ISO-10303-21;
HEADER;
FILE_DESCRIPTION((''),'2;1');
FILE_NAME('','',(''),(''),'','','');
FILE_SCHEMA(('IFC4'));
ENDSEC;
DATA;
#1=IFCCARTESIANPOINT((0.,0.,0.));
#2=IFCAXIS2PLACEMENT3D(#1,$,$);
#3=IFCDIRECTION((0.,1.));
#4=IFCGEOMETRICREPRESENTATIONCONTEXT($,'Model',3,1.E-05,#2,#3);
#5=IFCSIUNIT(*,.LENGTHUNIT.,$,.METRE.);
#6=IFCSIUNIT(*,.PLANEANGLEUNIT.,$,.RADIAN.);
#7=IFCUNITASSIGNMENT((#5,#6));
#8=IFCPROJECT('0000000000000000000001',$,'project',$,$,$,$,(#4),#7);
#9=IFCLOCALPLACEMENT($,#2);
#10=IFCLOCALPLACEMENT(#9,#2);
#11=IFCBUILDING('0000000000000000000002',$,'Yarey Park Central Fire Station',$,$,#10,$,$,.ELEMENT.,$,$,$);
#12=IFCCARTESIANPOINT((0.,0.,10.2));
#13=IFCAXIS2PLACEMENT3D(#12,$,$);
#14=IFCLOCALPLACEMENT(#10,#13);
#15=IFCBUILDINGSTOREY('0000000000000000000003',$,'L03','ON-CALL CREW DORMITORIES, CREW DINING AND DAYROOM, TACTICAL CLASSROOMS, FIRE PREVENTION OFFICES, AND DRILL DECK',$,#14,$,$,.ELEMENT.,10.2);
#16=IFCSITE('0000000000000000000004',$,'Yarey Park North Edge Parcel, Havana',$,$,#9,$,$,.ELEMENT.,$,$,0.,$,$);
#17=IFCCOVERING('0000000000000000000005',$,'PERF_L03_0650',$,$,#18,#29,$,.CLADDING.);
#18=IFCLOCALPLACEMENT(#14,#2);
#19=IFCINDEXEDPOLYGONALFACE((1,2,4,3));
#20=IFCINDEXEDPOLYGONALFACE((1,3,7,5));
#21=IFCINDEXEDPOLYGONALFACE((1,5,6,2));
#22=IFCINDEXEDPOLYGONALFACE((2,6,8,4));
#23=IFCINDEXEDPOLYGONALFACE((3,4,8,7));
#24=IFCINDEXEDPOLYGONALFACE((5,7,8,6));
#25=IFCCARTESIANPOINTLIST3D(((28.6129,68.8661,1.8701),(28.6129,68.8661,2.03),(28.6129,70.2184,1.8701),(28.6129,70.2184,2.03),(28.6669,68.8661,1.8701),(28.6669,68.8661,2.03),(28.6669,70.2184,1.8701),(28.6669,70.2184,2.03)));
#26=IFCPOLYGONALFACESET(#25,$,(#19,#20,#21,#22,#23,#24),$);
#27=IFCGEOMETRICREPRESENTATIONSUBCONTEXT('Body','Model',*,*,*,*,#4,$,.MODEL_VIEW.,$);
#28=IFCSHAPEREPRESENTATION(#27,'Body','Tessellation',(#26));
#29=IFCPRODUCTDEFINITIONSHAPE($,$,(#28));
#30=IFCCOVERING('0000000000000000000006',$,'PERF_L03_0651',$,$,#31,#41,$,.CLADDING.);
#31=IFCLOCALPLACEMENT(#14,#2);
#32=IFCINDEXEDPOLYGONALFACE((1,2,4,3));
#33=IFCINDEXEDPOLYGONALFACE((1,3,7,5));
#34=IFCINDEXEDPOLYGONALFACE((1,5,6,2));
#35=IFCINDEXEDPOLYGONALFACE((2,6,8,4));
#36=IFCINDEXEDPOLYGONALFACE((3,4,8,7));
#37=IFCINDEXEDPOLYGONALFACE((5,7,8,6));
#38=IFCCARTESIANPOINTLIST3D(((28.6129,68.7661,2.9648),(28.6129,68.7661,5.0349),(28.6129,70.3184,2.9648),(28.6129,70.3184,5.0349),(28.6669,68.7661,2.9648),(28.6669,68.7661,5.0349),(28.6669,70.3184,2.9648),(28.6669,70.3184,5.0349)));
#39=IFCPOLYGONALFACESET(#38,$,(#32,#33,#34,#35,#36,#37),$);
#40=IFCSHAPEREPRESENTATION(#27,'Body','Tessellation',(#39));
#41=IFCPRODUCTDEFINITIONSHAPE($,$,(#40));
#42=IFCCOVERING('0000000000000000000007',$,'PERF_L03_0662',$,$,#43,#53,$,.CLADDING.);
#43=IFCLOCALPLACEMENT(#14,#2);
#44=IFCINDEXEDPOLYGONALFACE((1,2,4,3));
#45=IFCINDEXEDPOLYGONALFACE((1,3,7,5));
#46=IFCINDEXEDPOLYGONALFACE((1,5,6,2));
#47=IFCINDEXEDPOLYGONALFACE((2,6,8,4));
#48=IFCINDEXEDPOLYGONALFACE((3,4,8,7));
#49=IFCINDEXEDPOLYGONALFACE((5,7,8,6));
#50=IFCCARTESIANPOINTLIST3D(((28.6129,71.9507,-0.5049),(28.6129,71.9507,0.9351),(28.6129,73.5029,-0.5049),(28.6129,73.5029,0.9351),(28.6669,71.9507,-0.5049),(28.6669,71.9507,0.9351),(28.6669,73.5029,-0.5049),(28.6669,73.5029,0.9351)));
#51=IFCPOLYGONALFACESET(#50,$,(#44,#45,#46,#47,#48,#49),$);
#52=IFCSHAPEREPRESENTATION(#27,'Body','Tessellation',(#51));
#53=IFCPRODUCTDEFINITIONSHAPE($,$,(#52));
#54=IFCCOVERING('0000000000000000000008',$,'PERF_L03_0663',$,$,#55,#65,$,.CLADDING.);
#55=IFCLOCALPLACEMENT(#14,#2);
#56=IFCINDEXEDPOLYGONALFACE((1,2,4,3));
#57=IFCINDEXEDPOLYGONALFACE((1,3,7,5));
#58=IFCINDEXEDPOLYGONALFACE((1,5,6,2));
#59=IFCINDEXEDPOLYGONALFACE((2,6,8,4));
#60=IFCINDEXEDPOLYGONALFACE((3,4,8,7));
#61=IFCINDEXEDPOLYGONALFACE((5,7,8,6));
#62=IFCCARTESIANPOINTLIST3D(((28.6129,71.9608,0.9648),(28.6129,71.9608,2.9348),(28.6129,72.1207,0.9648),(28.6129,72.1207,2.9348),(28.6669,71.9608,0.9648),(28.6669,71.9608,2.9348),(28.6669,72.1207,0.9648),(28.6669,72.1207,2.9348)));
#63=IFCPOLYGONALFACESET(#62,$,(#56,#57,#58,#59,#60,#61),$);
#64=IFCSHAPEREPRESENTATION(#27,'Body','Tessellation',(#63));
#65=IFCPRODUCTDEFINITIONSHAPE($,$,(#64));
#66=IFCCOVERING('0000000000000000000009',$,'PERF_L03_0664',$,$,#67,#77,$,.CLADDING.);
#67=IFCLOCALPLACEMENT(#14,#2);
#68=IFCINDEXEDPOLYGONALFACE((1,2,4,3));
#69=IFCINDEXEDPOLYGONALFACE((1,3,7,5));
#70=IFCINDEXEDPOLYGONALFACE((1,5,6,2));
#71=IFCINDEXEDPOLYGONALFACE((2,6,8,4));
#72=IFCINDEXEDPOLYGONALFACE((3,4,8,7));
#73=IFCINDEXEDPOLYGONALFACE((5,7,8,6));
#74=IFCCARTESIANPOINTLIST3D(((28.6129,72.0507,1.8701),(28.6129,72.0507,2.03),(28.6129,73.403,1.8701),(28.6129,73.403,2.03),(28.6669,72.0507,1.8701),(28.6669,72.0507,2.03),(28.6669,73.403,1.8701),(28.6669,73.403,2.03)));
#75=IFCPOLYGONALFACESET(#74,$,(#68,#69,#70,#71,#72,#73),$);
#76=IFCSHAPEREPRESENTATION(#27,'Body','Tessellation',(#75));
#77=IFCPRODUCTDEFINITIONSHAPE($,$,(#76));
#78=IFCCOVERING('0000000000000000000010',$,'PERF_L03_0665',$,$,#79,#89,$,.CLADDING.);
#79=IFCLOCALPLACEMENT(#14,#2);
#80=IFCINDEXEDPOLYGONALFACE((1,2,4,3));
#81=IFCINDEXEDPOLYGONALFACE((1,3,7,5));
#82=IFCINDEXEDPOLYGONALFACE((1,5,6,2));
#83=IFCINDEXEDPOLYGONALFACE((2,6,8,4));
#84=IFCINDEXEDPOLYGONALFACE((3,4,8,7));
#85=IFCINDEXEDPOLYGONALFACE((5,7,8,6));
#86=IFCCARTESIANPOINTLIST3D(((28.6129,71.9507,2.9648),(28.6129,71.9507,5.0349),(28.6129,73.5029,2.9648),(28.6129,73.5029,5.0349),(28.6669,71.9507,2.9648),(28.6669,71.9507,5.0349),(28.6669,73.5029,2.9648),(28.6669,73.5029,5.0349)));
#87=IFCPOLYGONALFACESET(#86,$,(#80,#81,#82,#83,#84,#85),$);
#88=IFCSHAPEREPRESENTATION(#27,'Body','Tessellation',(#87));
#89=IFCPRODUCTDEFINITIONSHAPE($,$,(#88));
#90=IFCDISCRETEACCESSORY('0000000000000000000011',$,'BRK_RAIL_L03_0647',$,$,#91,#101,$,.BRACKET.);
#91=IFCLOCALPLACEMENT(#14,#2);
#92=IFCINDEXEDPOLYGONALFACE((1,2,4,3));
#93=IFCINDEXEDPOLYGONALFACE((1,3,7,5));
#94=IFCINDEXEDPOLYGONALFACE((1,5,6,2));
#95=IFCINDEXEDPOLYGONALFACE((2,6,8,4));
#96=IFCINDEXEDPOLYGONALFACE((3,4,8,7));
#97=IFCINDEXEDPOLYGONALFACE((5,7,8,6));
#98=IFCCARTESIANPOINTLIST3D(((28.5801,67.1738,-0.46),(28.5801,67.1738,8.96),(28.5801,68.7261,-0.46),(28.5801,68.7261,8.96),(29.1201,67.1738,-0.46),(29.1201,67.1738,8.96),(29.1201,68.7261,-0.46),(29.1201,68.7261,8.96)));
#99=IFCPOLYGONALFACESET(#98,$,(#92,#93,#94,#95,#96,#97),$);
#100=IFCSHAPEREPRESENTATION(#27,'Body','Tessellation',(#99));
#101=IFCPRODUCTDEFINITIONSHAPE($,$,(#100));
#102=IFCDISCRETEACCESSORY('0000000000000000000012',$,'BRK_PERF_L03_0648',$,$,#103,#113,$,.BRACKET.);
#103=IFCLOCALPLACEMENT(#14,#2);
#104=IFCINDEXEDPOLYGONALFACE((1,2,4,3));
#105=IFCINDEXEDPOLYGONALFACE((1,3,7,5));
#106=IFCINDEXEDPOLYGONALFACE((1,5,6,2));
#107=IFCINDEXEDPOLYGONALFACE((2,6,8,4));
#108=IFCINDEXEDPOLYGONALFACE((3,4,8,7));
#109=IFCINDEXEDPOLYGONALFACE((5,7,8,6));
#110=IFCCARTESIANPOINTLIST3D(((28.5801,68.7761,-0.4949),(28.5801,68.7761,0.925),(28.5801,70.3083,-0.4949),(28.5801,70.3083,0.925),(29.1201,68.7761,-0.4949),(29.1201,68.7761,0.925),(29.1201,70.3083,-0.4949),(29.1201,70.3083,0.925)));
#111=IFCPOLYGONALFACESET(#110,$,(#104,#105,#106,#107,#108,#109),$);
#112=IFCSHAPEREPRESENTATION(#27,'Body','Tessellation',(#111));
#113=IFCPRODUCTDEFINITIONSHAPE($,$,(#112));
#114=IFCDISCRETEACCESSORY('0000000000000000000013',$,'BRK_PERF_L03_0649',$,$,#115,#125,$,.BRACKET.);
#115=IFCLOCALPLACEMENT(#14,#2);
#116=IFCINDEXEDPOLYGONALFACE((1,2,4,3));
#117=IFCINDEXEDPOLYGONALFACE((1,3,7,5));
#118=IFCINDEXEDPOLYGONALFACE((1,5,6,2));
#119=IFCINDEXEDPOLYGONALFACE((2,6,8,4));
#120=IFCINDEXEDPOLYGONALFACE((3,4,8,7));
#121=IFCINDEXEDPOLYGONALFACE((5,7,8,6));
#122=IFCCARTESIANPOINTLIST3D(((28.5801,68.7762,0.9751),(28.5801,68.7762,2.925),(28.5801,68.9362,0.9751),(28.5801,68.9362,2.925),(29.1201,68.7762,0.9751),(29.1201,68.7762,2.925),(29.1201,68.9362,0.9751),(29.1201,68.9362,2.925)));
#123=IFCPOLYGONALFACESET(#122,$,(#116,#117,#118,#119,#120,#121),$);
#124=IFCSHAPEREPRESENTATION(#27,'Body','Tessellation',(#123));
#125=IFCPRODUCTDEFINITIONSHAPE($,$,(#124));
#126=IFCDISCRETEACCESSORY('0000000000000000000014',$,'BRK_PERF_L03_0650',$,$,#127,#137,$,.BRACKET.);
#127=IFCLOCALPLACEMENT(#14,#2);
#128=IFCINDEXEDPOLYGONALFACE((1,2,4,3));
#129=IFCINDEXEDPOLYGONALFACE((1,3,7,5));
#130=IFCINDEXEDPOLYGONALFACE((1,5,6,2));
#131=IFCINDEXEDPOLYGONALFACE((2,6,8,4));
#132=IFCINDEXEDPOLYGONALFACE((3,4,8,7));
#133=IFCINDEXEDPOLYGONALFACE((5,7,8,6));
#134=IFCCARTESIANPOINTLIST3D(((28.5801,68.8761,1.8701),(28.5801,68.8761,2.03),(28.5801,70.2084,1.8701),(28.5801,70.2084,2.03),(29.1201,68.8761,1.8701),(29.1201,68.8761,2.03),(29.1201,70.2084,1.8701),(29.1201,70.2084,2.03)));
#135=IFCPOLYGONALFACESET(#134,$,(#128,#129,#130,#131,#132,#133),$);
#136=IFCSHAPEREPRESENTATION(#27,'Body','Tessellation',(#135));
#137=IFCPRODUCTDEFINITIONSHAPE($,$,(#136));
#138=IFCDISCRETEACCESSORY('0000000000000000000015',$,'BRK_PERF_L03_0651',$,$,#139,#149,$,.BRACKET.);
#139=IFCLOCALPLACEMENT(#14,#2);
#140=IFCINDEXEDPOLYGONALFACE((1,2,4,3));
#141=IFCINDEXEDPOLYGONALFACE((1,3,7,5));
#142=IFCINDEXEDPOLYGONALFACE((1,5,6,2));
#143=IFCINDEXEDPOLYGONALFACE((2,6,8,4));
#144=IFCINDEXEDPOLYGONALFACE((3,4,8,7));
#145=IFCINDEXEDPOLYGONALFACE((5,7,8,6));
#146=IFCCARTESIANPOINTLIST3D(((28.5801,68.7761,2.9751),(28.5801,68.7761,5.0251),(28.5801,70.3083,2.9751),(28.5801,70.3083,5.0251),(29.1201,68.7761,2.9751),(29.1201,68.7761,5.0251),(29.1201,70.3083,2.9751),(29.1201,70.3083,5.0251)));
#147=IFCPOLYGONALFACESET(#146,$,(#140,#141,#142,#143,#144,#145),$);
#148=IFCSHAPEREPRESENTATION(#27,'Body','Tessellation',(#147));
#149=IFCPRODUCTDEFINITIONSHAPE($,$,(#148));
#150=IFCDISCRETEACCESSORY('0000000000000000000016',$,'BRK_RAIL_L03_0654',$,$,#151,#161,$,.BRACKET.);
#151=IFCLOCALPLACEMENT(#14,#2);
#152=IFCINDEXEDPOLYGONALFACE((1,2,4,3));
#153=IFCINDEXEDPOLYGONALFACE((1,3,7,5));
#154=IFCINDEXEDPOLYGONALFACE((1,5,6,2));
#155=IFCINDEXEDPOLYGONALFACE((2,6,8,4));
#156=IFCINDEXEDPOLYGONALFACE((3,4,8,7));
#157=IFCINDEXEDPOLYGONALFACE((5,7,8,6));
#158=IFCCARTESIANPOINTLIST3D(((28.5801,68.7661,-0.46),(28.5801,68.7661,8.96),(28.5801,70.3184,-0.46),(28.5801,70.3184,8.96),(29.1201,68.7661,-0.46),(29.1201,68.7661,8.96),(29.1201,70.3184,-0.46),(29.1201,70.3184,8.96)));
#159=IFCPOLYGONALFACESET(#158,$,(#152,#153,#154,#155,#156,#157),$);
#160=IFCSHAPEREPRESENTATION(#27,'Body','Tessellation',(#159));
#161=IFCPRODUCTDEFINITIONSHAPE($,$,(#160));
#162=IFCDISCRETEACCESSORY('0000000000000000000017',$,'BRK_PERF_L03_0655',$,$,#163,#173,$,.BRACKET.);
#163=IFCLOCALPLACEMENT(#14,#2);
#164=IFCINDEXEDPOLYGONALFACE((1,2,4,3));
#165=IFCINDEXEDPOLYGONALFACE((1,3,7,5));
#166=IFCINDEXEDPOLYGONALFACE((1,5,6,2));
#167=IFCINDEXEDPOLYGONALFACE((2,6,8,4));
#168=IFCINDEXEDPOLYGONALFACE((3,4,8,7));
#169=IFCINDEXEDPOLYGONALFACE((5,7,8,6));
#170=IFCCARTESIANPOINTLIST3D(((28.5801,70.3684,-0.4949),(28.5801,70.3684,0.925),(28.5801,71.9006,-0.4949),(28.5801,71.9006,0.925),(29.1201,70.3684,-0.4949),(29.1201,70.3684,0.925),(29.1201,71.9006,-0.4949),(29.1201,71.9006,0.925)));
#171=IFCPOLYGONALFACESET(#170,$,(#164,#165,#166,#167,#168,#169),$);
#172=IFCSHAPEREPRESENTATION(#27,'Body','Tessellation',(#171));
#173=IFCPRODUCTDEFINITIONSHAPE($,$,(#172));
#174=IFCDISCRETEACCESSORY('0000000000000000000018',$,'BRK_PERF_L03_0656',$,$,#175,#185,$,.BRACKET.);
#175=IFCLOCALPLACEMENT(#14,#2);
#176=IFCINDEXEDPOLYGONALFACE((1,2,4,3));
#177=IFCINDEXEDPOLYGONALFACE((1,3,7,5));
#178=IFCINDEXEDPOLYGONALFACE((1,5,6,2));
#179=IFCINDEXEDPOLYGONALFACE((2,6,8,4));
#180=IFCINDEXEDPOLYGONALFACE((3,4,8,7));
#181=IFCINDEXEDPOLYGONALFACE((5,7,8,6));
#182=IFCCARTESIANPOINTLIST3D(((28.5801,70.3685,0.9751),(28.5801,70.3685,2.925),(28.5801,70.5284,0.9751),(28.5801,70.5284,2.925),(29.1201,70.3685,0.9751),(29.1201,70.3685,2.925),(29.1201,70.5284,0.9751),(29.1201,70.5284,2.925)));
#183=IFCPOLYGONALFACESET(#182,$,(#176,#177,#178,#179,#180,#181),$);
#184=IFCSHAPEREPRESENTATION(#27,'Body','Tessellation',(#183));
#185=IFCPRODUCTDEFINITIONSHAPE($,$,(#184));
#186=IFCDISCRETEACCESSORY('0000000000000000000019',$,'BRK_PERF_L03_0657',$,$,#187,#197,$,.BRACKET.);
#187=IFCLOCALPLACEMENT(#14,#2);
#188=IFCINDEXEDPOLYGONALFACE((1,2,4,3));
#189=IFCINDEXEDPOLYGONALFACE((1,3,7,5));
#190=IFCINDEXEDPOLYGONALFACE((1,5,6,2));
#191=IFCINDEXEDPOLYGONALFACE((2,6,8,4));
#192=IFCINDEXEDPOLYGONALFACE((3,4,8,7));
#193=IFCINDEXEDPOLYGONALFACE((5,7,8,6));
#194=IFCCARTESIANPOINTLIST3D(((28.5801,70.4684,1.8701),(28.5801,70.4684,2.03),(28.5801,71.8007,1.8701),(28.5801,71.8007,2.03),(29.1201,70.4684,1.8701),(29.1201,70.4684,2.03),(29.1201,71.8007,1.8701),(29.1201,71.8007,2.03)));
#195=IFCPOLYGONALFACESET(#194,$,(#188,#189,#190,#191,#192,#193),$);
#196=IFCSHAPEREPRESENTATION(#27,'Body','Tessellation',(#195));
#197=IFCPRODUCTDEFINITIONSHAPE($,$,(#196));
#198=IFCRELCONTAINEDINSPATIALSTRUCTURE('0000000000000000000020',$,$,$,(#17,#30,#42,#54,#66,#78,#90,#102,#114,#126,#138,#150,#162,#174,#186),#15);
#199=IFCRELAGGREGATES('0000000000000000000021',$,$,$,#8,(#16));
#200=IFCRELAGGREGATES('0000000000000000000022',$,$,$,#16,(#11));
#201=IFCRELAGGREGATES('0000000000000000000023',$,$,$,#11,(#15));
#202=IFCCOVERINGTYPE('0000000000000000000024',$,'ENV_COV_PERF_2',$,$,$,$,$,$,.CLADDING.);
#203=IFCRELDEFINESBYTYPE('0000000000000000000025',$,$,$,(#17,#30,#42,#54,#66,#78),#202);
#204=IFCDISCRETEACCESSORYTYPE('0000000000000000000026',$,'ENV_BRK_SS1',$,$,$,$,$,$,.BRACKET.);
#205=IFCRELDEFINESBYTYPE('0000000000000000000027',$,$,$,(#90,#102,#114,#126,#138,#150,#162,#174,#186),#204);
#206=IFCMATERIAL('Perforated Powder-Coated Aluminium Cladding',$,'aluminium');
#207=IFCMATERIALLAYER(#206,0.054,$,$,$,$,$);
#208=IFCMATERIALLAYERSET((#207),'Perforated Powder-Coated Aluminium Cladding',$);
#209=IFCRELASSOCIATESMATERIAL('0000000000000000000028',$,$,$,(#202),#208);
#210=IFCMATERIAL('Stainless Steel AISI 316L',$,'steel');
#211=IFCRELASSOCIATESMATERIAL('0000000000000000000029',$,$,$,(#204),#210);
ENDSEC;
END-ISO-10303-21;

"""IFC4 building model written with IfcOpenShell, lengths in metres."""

from ifc_helpers import new_model, si_unit, direction, frame, origin, origin_2d, place, context, subcontext, project, spatial, rectangle, extrude, material, layer, layer_set, type_object, element, save


model = new_model("IFC4")

# Units and contexts
model_context = context("Model", 3, precision=1e-05, world=origin(), true_north=direction((0.0, 1.0)))
body_context = subcontext(model_context, "Body", "Model", "MODEL_VIEW")
ifc_project = project(units=[si_unit("LENGTHUNIT", "METRE"), si_unit("PLANEANGLEUNIT", "RADIAN")], contexts=[model_context])

# Site, building, storey
site_placement = place(None, origin())
site = spatial("IfcSite", under=ifc_project, at=site_placement, Name="Yarey Park North Edge Parcel, Havana", CompositionType="ELEMENT", RefElevation=0.0)
building_placement = place(site_placement, origin())
building = spatial("IfcBuilding", under=site, at=building_placement, Name="Yarey Park Central Fire Station", CompositionType="ELEMENT")
storey_placement = place(building_placement, frame((0.0, 0.0, 10.2)))
storey = spatial("IfcBuildingStorey", under=building, at=storey_placement, Name="L03", Description="ON-CALL CREW DORMITORIES, CREW DINING AND DAYROOM, TACTICAL CLASSROOMS, FIRE PREVENTION OFFICES, AND DRILL DECK", CompositionType="ELEMENT", Elevation=10.2)

# Coverings
ifc_material_1 = material(Name="Perforated Powder-Coated Aluminium Cladding", Category="aluminium")
ifc_layer_1 = layer(ifc_material_1, 0.054)
ifc_layer_set_1 = layer_set([ifc_layer_1], Name="Perforated Powder-Coated Aluminium Cladding")
covering_type_1 = type_object("IfcCoveringType", Name="ENV_COV_PERF_2", PredefinedType="CLADDING", material=ifc_layer_set_1)
covering_1_placement = place(storey_placement, frame((28.6399, 69.5422, 1.8701), z_axis=(0.0, 0.0, 1.0), x_axis=(0.0, 1.0, 0.0)))
element("IfcCovering", 1, at=covering_1_placement, inside=storey, type_object=covering_type_1, Name="PERF_L03_0650", PredefinedType="CLADDING", context=body_context, shape_type="SweptSolid", body=[
    extrude(rectangle(XDim=1.3523, YDim=0.054, at=origin_2d()), origin(), (0.0, 0.0, 1.0), 0.1599),
])
covering_2_placement = place(storey_placement, frame((28.6399, 69.5422, 2.9648), z_axis=(0.0, 0.0, 1.0), x_axis=(0.0, 1.0, 0.0)))
element("IfcCovering", 2, at=covering_2_placement, inside=storey, type_object=covering_type_1, Name="PERF_L03_0651", PredefinedType="CLADDING", context=body_context, shape_type="SweptSolid", body=[
    extrude(rectangle(XDim=1.5522, YDim=0.054, at=origin_2d()), origin(), (0.0, 0.0, 1.0), 2.0701),
])
covering_3_placement = place(storey_placement, frame((28.6399, 72.7268, -0.5049), z_axis=(0.0, 0.0, 1.0), x_axis=(0.0, 1.0, 0.0)))
element("IfcCovering", 3, at=covering_3_placement, inside=storey, type_object=covering_type_1, Name="PERF_L03_0662", PredefinedType="CLADDING", context=body_context, shape_type="SweptSolid", body=[
    extrude(rectangle(XDim=1.5522, YDim=0.054, at=origin_2d()), origin(), (0.0, 0.0, 1.0), 1.4399),
])
covering_4_placement = place(storey_placement, frame((28.6399, 72.0408, 0.9648), z_axis=(0.0, 0.0, 1.0), x_axis=(0.0, 1.0, 0.0)))
element("IfcCovering", 4, at=covering_4_placement, inside=storey, type_object=covering_type_1, Name="PERF_L03_0663", PredefinedType="CLADDING", context=body_context, shape_type="SweptSolid", body=[
    extrude(rectangle(XDim=0.1599, YDim=0.054, at=origin_2d()), origin(), (0.0, 0.0, 1.0), 1.97),
])
covering_5_placement = place(storey_placement, frame((28.6399, 72.7268, 1.8701), z_axis=(0.0, 0.0, 1.0), x_axis=(0.0, 1.0, 0.0)))
element("IfcCovering", 5, at=covering_5_placement, inside=storey, type_object=covering_type_1, Name="PERF_L03_0664", PredefinedType="CLADDING", context=body_context, shape_type="SweptSolid", body=[
    extrude(rectangle(XDim=1.3523, YDim=0.054, at=origin_2d()), origin(), (0.0, 0.0, 1.0), 0.1599),
])
covering_6_placement = place(storey_placement, frame((28.6399, 72.7268, 2.9648), z_axis=(0.0, 0.0, 1.0), x_axis=(0.0, 1.0, 0.0)))
element("IfcCovering", 6, at=covering_6_placement, inside=storey, type_object=covering_type_1, Name="PERF_L03_0665", PredefinedType="CLADDING", context=body_context, shape_type="SweptSolid", body=[
    extrude(rectangle(XDim=1.5522, YDim=0.054, at=origin_2d()), origin(), (0.0, 0.0, 1.0), 2.0701),
])

# Discrete accessories
ifc_material_2 = material(Name="Stainless Steel AISI 316L", Category="steel")
discrete_accessory_type = type_object("IfcDiscreteAccessoryType", Name="ENV_BRK_SS1", PredefinedType="BRACKET", material=ifc_material_2)
discrete_accessory_1_placement = place(storey_placement, frame((28.8501, 67.95, -0.46), z_axis=(0.0, 0.0, 1.0), x_axis=(1.0, 0.0, 0.0)))
element("IfcDiscreteAccessory", 7, at=discrete_accessory_1_placement, inside=storey, type_object=discrete_accessory_type, Name="BRK_RAIL_L03_0647", PredefinedType="BRACKET", context=body_context, shape_type="SweptSolid", body=[
    extrude(rectangle(XDim=0.54, YDim=1.5522, at=origin_2d()), origin(), (0.0, 0.0, 1.0), 9.4199),
])
discrete_accessory_2_placement = place(storey_placement, frame((28.8501, 69.5422, -0.4949), z_axis=(0.0, 0.0, 1.0), x_axis=(1.0, 0.0, 0.0)))
element("IfcDiscreteAccessory", 8, at=discrete_accessory_2_placement, inside=storey, type_object=discrete_accessory_type, Name="BRK_PERF_L03_0648", PredefinedType="BRACKET", context=body_context, shape_type="SweptSolid", body=[
    extrude(rectangle(XDim=0.54, YDim=1.5322, at=origin_2d()), origin(), (0.0, 0.0, 1.0), 1.4199),
])
discrete_accessory_3_placement = place(storey_placement, frame((28.8501, 68.8562, 0.9751), z_axis=(0.0, 0.0, 1.0), x_axis=(1.0, 0.0, 0.0)))
element("IfcDiscreteAccessory", 9, at=discrete_accessory_3_placement, inside=storey, type_object=discrete_accessory_type, Name="BRK_PERF_L03_0649", PredefinedType="BRACKET", context=body_context, shape_type="SweptSolid", body=[
    extrude(rectangle(XDim=0.54, YDim=0.1599, at=origin_2d()), origin(), (0.0, 0.0, 1.0), 1.95),
])
discrete_accessory_4_placement = place(storey_placement, frame((28.8501, 69.5422, 1.8701), z_axis=(0.0, 0.0, 1.0), x_axis=(1.0, 0.0, 0.0)))
element("IfcDiscreteAccessory", 10, at=discrete_accessory_4_placement, inside=storey, type_object=discrete_accessory_type, Name="BRK_PERF_L03_0650", PredefinedType="BRACKET", context=body_context, shape_type="SweptSolid", body=[
    extrude(rectangle(XDim=0.54, YDim=1.3323, at=origin_2d()), origin(), (0.0, 0.0, 1.0), 0.1599),
])
discrete_accessory_5_placement = place(storey_placement, frame((28.8501, 69.5422, 2.9751), z_axis=(0.0, 0.0, 1.0), x_axis=(1.0, 0.0, 0.0)))
element("IfcDiscreteAccessory", 11, at=discrete_accessory_5_placement, inside=storey, type_object=discrete_accessory_type, Name="BRK_PERF_L03_0651", PredefinedType="BRACKET", context=body_context, shape_type="SweptSolid", body=[
    extrude(rectangle(XDim=0.54, YDim=1.5322, at=origin_2d()), origin(), (0.0, 0.0, 1.0), 2.05),
])
discrete_accessory_6_placement = place(storey_placement, frame((28.8501, 69.5422, -0.46), z_axis=(0.0, 0.0, 1.0), x_axis=(1.0, 0.0, 0.0)))
element("IfcDiscreteAccessory", 12, at=discrete_accessory_6_placement, inside=storey, type_object=discrete_accessory_type, Name="BRK_RAIL_L03_0654", PredefinedType="BRACKET", context=body_context, shape_type="SweptSolid", body=[
    extrude(rectangle(XDim=0.54, YDim=1.5522, at=origin_2d()), origin(), (0.0, 0.0, 1.0), 9.4199),
])
discrete_accessory_7_placement = place(storey_placement, frame((28.8501, 71.1345, -0.4949), z_axis=(0.0, 0.0, 1.0), x_axis=(1.0, 0.0, 0.0)))
element("IfcDiscreteAccessory", 13, at=discrete_accessory_7_placement, inside=storey, type_object=discrete_accessory_type, Name="BRK_PERF_L03_0655", PredefinedType="BRACKET", context=body_context, shape_type="SweptSolid", body=[
    extrude(rectangle(XDim=0.54, YDim=1.5322, at=origin_2d()), origin(), (0.0, 0.0, 1.0), 1.4199),
])
discrete_accessory_8_placement = place(storey_placement, frame((28.8501, 70.4485, 0.9751), z_axis=(0.0, 0.0, 1.0), x_axis=(1.0, 0.0, 0.0)))
element("IfcDiscreteAccessory", 14, at=discrete_accessory_8_placement, inside=storey, type_object=discrete_accessory_type, Name="BRK_PERF_L03_0656", PredefinedType="BRACKET", context=body_context, shape_type="SweptSolid", body=[
    extrude(rectangle(XDim=0.54, YDim=0.1599, at=origin_2d()), origin(), (0.0, 0.0, 1.0), 1.95),
])
discrete_accessory_9_placement = place(storey_placement, frame((28.8501, 71.1345, 1.8701), z_axis=(0.0, 0.0, 1.0), x_axis=(1.0, 0.0, 0.0)))
element("IfcDiscreteAccessory", 15, at=discrete_accessory_9_placement, inside=storey, type_object=discrete_accessory_type, Name="BRK_PERF_L03_0657", PredefinedType="BRACKET", context=body_context, shape_type="SweptSolid", body=[
    extrude(rectangle(XDim=0.54, YDim=1.3323, at=origin_2d()), origin(), (0.0, 0.0, 1.0), 0.1599),
])

save(model, "model.ifc")
